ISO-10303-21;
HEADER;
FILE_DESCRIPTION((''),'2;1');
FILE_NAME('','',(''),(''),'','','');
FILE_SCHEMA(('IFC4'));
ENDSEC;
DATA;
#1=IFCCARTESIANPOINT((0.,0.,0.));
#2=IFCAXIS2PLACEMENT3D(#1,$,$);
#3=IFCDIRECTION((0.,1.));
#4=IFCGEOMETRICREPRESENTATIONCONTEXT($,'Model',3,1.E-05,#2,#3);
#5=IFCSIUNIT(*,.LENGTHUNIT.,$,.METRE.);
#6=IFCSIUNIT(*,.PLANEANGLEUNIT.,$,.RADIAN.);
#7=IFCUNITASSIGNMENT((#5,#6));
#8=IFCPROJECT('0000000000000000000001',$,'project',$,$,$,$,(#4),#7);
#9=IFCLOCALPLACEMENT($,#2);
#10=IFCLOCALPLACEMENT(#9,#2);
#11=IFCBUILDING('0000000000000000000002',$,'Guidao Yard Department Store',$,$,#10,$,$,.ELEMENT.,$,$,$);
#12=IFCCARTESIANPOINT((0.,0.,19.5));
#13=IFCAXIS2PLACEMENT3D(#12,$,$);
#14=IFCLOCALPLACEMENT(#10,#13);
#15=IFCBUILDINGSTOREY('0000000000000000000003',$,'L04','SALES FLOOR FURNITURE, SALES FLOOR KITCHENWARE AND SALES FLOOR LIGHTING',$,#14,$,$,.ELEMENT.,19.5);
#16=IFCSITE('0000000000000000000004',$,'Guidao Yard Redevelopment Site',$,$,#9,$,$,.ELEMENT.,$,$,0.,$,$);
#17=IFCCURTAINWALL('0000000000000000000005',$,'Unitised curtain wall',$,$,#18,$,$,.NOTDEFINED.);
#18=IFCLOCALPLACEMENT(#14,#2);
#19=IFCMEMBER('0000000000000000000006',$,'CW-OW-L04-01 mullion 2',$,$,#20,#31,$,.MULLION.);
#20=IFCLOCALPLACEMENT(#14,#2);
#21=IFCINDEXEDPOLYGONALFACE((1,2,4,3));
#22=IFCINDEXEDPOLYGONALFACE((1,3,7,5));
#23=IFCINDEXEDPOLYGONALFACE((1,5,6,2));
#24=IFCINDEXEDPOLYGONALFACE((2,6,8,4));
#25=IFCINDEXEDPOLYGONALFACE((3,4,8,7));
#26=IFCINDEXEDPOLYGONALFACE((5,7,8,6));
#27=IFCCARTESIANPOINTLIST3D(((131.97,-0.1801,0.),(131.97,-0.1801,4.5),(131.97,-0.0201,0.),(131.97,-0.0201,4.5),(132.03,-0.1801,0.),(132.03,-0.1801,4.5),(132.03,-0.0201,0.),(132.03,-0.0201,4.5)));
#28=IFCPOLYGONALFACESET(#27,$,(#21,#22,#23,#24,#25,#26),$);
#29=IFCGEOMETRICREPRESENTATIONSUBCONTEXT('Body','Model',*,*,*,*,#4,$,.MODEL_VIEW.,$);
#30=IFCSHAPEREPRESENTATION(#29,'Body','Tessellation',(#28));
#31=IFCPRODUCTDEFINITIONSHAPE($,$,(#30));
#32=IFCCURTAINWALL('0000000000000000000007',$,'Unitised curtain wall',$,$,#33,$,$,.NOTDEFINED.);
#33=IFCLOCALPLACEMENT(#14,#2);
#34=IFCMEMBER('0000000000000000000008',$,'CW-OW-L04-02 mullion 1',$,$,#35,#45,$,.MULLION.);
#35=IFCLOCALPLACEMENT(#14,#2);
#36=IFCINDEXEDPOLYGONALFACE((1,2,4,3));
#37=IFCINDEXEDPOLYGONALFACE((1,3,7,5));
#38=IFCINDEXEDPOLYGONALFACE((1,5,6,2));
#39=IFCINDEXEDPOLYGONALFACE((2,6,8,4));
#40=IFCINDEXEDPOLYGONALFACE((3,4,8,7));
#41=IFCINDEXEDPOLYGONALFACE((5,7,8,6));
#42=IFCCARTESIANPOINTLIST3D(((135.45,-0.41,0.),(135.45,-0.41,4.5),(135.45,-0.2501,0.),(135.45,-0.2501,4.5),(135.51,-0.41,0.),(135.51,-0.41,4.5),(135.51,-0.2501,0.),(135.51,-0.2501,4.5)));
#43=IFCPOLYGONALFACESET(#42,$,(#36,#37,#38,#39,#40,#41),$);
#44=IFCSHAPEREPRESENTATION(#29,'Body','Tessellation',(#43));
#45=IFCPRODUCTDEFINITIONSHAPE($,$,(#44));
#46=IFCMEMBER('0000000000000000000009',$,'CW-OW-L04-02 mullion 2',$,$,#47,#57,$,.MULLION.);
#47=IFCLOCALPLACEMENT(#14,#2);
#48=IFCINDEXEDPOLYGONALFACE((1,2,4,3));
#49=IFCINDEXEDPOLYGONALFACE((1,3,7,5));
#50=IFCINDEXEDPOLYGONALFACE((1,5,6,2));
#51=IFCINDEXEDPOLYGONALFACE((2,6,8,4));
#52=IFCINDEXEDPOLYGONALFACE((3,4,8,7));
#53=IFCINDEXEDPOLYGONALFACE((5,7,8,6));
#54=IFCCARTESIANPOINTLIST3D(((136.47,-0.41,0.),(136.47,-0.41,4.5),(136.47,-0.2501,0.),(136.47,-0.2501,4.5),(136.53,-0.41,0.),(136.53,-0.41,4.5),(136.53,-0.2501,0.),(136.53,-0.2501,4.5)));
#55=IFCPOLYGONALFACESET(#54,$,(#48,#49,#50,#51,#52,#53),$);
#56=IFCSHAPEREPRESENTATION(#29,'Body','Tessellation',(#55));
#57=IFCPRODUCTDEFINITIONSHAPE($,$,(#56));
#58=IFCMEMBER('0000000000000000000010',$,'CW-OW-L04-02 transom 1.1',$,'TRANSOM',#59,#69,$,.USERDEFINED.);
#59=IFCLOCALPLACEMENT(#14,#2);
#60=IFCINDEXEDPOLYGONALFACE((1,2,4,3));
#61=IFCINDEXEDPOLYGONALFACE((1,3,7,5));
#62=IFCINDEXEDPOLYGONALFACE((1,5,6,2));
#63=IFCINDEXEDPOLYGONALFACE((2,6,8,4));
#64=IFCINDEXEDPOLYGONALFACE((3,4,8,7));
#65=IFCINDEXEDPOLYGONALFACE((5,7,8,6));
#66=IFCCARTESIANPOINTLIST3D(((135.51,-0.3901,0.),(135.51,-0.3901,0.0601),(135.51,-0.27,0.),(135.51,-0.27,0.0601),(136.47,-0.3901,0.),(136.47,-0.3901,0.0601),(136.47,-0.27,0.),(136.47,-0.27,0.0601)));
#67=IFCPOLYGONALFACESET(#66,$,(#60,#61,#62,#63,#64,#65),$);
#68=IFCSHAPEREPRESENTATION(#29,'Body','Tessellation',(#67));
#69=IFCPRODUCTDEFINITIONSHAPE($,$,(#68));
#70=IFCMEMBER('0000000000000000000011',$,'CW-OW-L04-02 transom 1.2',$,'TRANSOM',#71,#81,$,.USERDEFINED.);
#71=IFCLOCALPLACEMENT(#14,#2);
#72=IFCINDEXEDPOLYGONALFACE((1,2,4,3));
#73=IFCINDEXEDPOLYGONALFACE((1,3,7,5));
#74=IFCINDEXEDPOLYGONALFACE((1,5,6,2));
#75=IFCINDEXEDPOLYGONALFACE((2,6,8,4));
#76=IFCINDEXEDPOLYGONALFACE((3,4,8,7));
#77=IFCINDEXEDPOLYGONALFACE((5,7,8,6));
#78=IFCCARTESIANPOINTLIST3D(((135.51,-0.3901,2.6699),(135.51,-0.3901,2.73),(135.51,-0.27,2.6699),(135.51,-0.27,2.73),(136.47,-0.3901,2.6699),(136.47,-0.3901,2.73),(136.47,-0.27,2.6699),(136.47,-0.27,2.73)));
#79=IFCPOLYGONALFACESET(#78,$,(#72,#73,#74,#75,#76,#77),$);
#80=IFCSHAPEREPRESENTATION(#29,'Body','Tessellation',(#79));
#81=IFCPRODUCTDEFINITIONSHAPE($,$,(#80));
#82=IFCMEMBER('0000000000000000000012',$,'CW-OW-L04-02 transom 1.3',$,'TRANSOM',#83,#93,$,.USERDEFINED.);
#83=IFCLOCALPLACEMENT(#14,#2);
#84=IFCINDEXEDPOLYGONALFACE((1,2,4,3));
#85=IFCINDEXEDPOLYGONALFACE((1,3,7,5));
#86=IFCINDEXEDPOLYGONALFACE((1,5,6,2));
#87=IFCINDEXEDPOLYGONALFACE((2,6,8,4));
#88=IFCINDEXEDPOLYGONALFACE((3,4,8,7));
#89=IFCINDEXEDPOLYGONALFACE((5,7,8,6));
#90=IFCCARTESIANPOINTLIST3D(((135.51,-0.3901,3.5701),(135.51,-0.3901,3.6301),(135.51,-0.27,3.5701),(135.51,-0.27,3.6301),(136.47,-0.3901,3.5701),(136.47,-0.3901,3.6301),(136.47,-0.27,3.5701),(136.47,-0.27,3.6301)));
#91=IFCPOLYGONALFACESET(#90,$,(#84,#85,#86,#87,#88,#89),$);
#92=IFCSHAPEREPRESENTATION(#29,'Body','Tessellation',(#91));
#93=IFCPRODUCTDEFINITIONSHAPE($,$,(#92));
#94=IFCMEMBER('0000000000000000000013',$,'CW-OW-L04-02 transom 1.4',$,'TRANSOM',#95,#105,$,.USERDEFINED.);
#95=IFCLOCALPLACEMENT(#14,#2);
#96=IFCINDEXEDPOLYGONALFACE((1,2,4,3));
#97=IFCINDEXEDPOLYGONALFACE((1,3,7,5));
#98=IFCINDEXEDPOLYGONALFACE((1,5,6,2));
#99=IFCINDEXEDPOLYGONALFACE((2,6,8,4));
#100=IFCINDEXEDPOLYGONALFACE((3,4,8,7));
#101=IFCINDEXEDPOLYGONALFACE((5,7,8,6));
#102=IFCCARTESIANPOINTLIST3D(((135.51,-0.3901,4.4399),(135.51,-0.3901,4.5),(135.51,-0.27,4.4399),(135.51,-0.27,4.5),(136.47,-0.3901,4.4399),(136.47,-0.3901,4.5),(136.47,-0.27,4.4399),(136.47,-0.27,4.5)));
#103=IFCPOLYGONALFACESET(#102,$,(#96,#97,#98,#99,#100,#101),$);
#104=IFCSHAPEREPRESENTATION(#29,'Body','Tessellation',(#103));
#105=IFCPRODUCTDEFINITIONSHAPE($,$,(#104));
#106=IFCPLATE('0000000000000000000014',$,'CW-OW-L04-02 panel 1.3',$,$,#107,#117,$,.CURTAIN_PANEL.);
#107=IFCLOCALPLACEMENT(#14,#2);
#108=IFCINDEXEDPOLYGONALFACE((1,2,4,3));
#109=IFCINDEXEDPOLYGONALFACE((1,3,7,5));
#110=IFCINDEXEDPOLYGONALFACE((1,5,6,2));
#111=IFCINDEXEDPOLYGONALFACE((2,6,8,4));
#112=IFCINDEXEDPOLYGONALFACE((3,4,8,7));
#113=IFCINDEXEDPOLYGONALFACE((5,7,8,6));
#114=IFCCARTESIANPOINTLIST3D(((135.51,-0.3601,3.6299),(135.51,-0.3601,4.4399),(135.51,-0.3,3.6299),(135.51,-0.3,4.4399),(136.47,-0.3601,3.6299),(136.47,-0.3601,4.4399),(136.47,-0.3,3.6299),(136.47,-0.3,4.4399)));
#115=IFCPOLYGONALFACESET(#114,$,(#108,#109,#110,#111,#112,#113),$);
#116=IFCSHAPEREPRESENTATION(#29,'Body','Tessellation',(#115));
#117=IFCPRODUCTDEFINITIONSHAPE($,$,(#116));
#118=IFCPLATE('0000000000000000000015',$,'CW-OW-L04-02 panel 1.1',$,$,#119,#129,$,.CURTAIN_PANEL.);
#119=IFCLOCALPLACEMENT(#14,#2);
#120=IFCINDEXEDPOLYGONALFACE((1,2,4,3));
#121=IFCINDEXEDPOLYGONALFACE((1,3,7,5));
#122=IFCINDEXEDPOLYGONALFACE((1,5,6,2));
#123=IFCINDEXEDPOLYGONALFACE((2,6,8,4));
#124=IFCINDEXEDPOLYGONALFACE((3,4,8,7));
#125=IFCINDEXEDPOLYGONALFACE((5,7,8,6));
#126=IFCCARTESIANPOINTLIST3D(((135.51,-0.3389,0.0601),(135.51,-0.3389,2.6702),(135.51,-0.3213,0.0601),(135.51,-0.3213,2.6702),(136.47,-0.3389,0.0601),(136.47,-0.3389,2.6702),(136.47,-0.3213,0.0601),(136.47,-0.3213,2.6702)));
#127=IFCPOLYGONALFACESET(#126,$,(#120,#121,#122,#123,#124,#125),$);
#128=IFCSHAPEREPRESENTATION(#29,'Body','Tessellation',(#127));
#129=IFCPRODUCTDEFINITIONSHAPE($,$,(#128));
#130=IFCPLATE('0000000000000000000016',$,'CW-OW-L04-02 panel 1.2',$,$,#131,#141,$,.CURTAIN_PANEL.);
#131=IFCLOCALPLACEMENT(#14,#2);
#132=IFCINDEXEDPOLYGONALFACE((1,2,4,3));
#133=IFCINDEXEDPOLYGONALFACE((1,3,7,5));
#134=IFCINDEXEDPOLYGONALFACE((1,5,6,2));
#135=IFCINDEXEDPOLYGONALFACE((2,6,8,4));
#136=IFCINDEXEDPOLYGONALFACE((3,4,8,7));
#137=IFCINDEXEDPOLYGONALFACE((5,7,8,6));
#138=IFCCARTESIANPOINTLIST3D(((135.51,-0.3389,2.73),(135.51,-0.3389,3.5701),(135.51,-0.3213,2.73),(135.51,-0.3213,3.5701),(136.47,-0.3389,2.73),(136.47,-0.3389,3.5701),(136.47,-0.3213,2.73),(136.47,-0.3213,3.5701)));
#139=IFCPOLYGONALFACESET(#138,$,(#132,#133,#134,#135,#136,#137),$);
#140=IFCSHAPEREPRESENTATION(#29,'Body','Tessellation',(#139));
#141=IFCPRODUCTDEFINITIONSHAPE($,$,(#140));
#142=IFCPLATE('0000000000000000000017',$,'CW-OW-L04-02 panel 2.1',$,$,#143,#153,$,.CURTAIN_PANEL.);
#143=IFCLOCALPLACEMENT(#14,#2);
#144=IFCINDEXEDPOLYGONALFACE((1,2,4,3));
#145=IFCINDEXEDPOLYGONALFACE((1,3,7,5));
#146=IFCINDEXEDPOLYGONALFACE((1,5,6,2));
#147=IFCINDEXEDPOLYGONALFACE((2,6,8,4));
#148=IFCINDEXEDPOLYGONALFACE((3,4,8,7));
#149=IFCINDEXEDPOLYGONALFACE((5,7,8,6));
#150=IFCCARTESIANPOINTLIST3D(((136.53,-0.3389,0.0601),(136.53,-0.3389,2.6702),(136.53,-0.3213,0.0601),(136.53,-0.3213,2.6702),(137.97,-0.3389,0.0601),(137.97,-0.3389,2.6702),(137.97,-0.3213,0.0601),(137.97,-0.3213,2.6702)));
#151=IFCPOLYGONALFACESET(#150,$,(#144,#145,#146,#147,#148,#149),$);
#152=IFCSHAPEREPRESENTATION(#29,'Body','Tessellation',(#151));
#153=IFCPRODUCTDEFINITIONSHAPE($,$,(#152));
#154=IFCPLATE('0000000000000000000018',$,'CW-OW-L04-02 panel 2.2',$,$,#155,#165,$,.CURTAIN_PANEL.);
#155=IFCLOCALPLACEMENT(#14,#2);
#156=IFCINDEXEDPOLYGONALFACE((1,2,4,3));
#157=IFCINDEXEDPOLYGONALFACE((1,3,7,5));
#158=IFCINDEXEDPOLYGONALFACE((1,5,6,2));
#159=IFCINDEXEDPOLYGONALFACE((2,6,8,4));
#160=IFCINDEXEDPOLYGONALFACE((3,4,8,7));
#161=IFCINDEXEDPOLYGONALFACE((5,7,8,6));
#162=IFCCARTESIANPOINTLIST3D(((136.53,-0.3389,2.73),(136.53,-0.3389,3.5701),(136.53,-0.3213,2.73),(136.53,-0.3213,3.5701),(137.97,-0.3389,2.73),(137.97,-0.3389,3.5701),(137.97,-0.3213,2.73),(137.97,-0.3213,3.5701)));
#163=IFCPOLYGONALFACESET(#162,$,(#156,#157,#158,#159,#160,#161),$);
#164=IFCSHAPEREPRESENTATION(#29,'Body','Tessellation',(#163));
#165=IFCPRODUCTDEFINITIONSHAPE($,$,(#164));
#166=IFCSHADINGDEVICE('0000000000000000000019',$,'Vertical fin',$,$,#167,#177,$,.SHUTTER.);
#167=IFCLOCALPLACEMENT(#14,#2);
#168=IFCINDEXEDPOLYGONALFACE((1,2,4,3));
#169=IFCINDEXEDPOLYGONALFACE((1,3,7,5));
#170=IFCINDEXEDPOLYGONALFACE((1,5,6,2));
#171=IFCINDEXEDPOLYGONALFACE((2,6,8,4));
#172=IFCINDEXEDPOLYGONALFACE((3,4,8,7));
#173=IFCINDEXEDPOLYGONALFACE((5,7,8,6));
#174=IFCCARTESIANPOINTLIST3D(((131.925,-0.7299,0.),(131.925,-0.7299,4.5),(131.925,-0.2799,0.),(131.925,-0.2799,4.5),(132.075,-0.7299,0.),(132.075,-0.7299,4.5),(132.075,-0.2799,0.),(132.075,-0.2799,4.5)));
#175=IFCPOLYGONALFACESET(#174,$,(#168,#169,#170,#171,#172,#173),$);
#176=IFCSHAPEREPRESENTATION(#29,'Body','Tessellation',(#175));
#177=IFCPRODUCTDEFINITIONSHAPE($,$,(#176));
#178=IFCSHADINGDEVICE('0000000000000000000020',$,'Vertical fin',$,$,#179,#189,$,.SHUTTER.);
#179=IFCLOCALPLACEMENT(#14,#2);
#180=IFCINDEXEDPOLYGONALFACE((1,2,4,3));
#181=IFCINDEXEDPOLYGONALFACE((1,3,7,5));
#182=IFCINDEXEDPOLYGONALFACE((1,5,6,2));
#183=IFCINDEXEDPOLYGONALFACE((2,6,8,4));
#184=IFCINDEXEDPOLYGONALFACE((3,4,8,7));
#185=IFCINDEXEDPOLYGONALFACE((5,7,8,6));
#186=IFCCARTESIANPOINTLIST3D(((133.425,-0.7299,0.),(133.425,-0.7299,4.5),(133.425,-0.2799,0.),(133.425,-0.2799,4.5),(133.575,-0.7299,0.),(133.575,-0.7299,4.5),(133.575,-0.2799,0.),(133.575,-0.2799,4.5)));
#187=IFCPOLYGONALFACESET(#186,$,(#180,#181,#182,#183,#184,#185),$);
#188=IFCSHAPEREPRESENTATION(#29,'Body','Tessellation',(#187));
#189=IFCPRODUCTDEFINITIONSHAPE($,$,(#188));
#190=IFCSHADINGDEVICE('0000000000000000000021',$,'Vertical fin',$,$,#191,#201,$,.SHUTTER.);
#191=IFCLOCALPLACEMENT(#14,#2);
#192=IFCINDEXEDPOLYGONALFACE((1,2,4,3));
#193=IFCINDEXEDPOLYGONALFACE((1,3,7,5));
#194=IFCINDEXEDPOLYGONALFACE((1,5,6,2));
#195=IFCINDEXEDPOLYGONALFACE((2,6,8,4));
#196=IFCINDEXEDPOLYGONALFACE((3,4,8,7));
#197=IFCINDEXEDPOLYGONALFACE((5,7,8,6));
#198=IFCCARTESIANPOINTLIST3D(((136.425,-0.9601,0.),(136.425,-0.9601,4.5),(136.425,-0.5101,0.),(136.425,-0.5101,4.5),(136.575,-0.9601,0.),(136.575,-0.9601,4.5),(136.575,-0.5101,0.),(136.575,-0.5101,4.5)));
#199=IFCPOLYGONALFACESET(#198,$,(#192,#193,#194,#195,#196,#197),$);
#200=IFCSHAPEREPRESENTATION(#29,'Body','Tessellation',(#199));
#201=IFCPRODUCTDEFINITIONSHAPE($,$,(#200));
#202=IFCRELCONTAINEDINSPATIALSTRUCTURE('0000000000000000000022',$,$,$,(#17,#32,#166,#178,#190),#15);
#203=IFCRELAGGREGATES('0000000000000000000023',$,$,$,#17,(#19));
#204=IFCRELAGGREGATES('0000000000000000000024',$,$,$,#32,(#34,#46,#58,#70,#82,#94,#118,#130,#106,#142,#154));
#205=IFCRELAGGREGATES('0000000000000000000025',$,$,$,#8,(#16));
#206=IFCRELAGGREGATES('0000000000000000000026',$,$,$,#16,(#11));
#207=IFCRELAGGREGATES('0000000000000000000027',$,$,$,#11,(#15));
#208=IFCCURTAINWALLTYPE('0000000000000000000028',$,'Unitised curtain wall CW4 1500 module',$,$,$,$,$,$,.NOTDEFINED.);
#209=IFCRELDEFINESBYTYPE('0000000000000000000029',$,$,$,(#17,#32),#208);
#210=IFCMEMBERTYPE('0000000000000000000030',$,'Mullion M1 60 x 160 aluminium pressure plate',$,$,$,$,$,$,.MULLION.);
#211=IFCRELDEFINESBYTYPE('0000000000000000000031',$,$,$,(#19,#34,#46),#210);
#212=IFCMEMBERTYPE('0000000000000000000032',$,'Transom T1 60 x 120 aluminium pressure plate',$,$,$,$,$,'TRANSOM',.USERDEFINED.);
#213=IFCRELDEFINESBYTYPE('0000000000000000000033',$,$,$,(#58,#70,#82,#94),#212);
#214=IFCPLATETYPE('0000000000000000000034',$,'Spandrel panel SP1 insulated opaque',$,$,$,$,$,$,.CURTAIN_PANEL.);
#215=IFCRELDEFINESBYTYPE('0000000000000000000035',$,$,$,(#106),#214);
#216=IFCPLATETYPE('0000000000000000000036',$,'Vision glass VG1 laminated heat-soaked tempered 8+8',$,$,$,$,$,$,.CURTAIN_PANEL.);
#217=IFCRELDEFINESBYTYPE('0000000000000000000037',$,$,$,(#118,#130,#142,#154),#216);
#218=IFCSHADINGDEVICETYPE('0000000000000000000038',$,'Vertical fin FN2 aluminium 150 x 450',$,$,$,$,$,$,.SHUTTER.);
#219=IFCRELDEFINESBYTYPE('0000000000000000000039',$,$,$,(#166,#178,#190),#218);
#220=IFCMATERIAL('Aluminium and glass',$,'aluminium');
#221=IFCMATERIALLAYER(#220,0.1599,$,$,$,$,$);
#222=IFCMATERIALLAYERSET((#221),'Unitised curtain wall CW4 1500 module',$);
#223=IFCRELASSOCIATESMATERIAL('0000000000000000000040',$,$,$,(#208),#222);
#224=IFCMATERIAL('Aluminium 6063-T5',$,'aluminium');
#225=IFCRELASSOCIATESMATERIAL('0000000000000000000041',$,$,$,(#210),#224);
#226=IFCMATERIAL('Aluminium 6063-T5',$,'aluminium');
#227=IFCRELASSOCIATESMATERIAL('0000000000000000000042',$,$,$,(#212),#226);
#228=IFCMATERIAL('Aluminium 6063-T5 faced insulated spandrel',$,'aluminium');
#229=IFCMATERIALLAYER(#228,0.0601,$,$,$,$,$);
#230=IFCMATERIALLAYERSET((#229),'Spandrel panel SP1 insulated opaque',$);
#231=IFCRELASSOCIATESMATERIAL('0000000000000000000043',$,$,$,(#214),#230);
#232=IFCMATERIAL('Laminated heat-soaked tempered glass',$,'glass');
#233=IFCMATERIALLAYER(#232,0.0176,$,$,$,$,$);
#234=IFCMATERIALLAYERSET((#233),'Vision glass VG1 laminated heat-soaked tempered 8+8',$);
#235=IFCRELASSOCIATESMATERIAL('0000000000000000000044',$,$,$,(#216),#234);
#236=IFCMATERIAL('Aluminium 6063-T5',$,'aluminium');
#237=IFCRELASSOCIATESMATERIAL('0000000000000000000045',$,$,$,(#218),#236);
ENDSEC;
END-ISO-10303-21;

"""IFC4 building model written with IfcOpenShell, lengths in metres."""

from ifc_helpers import new_model, si_unit, direction, frame, origin, origin_2d, place, context, subcontext, project, spatial, rectangle, extrude, material, layer, layer_set, material_profile, profile_set, type_object, element, aggregate, save


model = new_model("IFC4")

# Units and contexts
model_context = context("Model", 3, precision=1e-05, world=origin(), true_north=direction((0.0, 1.0)))
body_context = subcontext(model_context, "Body", "Model", "MODEL_VIEW")
ifc_project = project(units=[si_unit("LENGTHUNIT", "METRE"), si_unit("PLANEANGLEUNIT", "RADIAN")], contexts=[model_context])

# Site, building, storey
site_placement = place(None, origin())
site = spatial("IfcSite", under=ifc_project, at=site_placement, Name="Guidao Yard Redevelopment Site", CompositionType="ELEMENT", RefElevation=0.0)
building_placement = place(site_placement, origin())
building = spatial("IfcBuilding", under=site, at=building_placement, Name="Guidao Yard Department Store", CompositionType="ELEMENT")
storey_placement = place(building_placement, frame((0.0, 0.0, 19.5)))
storey = spatial("IfcBuildingStorey", under=building, at=storey_placement, Name="L04", Description="SALES FLOOR FURNITURE, SALES FLOOR KITCHENWARE AND SALES FLOOR LIGHTING", CompositionType="ELEMENT", Elevation=19.5)

# Curtain wall, member
ifc_material_1 = material(Name="Aluminium and glass", Category="aluminium")
ifc_layer_1 = layer(ifc_material_1, 0.1599)
ifc_layer_set_1 = layer_set([ifc_layer_1], Name="Unitised curtain wall CW4 1500 module")
curtain_wall_type = type_object("IfcCurtainWallType", Name="Unitised curtain wall CW4 1500 module", PredefinedType="NOTDEFINED", material=ifc_layer_set_1)
curtain_wall_1_placement = place(storey_placement, origin())
curtain_wall_1 = element("IfcCurtainWall", 1, at=curtain_wall_1_placement, inside=storey, type_object=curtain_wall_type, Name="Unitised curtain wall", PredefinedType="NOTDEFINED")
ifc_material_2 = material(Name="Aluminium 6063-T5", Category="aluminium")
ifc_material_profile_1 = material_profile(ifc_material_2, rectangle(XDim=0.0601, YDim=0.1599, at=origin_2d()), Name="Mullion M1 60 x 160 aluminium pressure plate")
ifc_profile_set_1 = profile_set([ifc_material_profile_1], Name="Aluminium 6063-T5")
member_type_1 = type_object("IfcMemberType", Name="Mullion M1 60 x 160 aluminium pressure plate", PredefinedType="MULLION", material=ifc_profile_set_1)
member_1_placement = place(storey_placement, frame((132.0, -0.1001, 0.0), z_axis=(0.0, 0.0, 1.0), x_axis=(-1.0, 0.0, 0.0)))
member_1 = element("IfcMember", 2, at=member_1_placement, type_object=member_type_1, Name="CW-OW-L04-01 mullion 2", PredefinedType="MULLION", context=body_context, shape_type="SweptSolid", body=[
    extrude(rectangle(XDim=0.0601, YDim=0.1599, at=origin_2d()), origin(), (0.0, 0.0, 1.0), 4.5),
])
aggregate(curtain_wall_1, [member_1])

# Curtain wall, members, plates
curtain_wall_2_placement = place(storey_placement, origin())
curtain_wall_2 = element("IfcCurtainWall", 3, at=curtain_wall_2_placement, inside=storey, type_object=curtain_wall_type, Name="Unitised curtain wall", PredefinedType="NOTDEFINED")
member_2_placement = place(storey_placement, frame((135.48, -0.3301, 0.0), z_axis=(0.0, 0.0, 1.0), x_axis=(-1.0, 0.0, 0.0)))
member_2 = element("IfcMember", 4, at=member_2_placement, type_object=member_type_1, Name="CW-OW-L04-02 mullion 1", PredefinedType="MULLION", context=body_context, shape_type="SweptSolid", body=[
    extrude(rectangle(XDim=0.0601, YDim=0.1599, at=origin_2d()), origin(), (0.0, 0.0, 1.0), 4.5),
])
member_3_placement = place(storey_placement, frame((136.5, -0.3301, 0.0), z_axis=(0.0, 0.0, 1.0), x_axis=(-1.0, 0.0, 0.0)))
member_3 = element("IfcMember", 5, at=member_3_placement, type_object=member_type_1, Name="CW-OW-L04-02 mullion 2", PredefinedType="MULLION", context=body_context, shape_type="SweptSolid", body=[
    extrude(rectangle(XDim=0.0601, YDim=0.1599, at=origin_2d()), origin(), (0.0, 0.0, 1.0), 4.5),
])
ifc_material_3 = material(Name="Aluminium 6063-T5", Category="aluminium")
ifc_material_profile_2 = material_profile(ifc_material_3, rectangle(XDim=0.1201, YDim=0.0601, at=origin_2d()), Name="Transom T1 60 x 120 aluminium pressure plate")
ifc_profile_set_2 = profile_set([ifc_material_profile_2], Name="Aluminium 6063-T5")
member_type_2 = type_object("IfcMemberType", Name="Transom T1 60 x 120 aluminium pressure plate", ElementType="TRANSOM", PredefinedType="USERDEFINED", material=ifc_profile_set_2)
member_4_placement = place(storey_placement, frame((136.47, -0.3301, 0.03), z_axis=(-1.0, 0.0, 0.0), x_axis=(0.0, -1.0, 0.0)))
member_4 = element("IfcMember", 6, at=member_4_placement, type_object=member_type_2, Name="CW-OW-L04-02 transom 1.1", ObjectType="TRANSOM", PredefinedType="USERDEFINED", context=body_context, shape_type="SweptSolid", body=[
    extrude(rectangle(XDim=0.1201, YDim=0.0601, at=origin_2d()), origin(), (0.0, 0.0, 1.0), 0.96),
])
member_5_placement = place(storey_placement, frame((136.47, -0.3301, 2.7), z_axis=(-1.0, 0.0, 0.0), x_axis=(0.0, -1.0, 0.0)))
member_5 = element("IfcMember", 7, at=member_5_placement, type_object=member_type_2, Name="CW-OW-L04-02 transom 1.2", ObjectType="TRANSOM", PredefinedType="USERDEFINED", context=body_context, shape_type="SweptSolid", body=[
    extrude(rectangle(XDim=0.1201, YDim=0.0601, at=origin_2d()), origin(), (0.0, 0.0, 1.0), 0.96),
])
member_6_placement = place(storey_placement, frame((136.47, -0.3301, 3.6001), z_axis=(-1.0, 0.0, 0.0), x_axis=(0.0, -1.0, 0.0)))
member_6 = element("IfcMember", 8, at=member_6_placement, type_object=member_type_2, Name="CW-OW-L04-02 transom 1.3", ObjectType="TRANSOM", PredefinedType="USERDEFINED", context=body_context, shape_type="SweptSolid", body=[
    extrude(rectangle(XDim=0.1201, YDim=0.0601, at=origin_2d()), origin(), (0.0, 0.0, 1.0), 0.96),
])
member_7_placement = place(storey_placement, frame((136.47, -0.3301, 4.47), z_axis=(-1.0, 0.0, 0.0), x_axis=(0.0, -1.0, 0.0)))
member_7 = element("IfcMember", 9, at=member_7_placement, type_object=member_type_2, Name="CW-OW-L04-02 transom 1.4", ObjectType="TRANSOM", PredefinedType="USERDEFINED", context=body_context, shape_type="SweptSolid", body=[
    extrude(rectangle(XDim=0.1201, YDim=0.0601, at=origin_2d()), origin(), (0.0, 0.0, 1.0), 0.96),
])
ifc_material_4 = material(Name="Aluminium 6063-T5 faced insulated spandrel", Category="aluminium")
ifc_layer_2 = layer(ifc_material_4, 0.0601)
ifc_layer_set_2 = layer_set([ifc_layer_2], Name="Spandrel panel SP1 insulated opaque")
plate_type_1 = type_object("IfcPlateType", Name="Spandrel panel SP1 insulated opaque", PredefinedType="CURTAIN_PANEL", material=ifc_layer_set_2)
plate_1_placement = place(storey_placement, frame((135.99, -0.3301, 3.6299), z_axis=(0.0, 0.0, 1.0), x_axis=(-1.0, 0.0, 0.0)))
plate_1 = element("IfcPlate", 10, at=plate_1_placement, type_object=plate_type_1, Name="CW-OW-L04-02 panel 1.3", PredefinedType="CURTAIN_PANEL", context=body_context, shape_type="SweptSolid", body=[
    extrude(rectangle(XDim=0.96, YDim=0.0601, at=origin_2d()), origin(), (0.0, 0.0, 1.0), 0.8101),
])
ifc_material_5 = material(Name="Laminated heat-soaked tempered glass", Category="glass")
ifc_layer_3 = layer(ifc_material_5, 0.0176)
ifc_layer_set_3 = layer_set([ifc_layer_3], Name="Vision glass VG1 laminated heat-soaked tempered 8+8")
plate_type_2 = type_object("IfcPlateType", Name="Vision glass VG1 laminated heat-soaked tempered 8+8", PredefinedType="CURTAIN_PANEL", material=ifc_layer_set_3)
plate_2_placement = place(storey_placement, frame((135.99, -0.3301, 0.0601), z_axis=(0.0, 0.0, 1.0), x_axis=(-1.0, 0.0, 0.0)))
plate_2 = element("IfcPlate", 11, at=plate_2_placement, type_object=plate_type_2, Name="CW-OW-L04-02 panel 1.1", PredefinedType="CURTAIN_PANEL", context=body_context, shape_type="SweptSolid", body=[
    extrude(rectangle(XDim=0.96, YDim=0.0176, at=origin_2d()), origin(), (0.0, 0.0, 1.0), 2.6101),
])
plate_3_placement = place(storey_placement, frame((135.99, -0.3301, 2.73), z_axis=(0.0, 0.0, 1.0), x_axis=(-1.0, 0.0, 0.0)))
plate_3 = element("IfcPlate", 12, at=plate_3_placement, type_object=plate_type_2, Name="CW-OW-L04-02 panel 1.2", PredefinedType="CURTAIN_PANEL", context=body_context, shape_type="SweptSolid", body=[
    extrude(rectangle(XDim=0.96, YDim=0.0176, at=origin_2d()), origin(), (0.0, 0.0, 1.0), 0.8401),
])
plate_4_placement = place(storey_placement, frame((137.25, -0.3301, 0.0601), z_axis=(0.0, 0.0, 1.0), x_axis=(-1.0, 0.0, 0.0)))
plate_4 = element("IfcPlate", 13, at=plate_4_placement, type_object=plate_type_2, Name="CW-OW-L04-02 panel 2.1", PredefinedType="CURTAIN_PANEL", context=body_context, shape_type="SweptSolid", body=[
    extrude(rectangle(XDim=1.4399, YDim=0.0176, at=origin_2d()), origin(), (0.0, 0.0, 1.0), 2.6101),
])
plate_5_placement = place(storey_placement, frame((137.25, -0.3301, 2.73), z_axis=(0.0, 0.0, 1.0), x_axis=(-1.0, 0.0, 0.0)))
plate_5 = element("IfcPlate", 14, at=plate_5_placement, type_object=plate_type_2, Name="CW-OW-L04-02 panel 2.2", PredefinedType="CURTAIN_PANEL", context=body_context, shape_type="SweptSolid", body=[
    extrude(rectangle(XDim=1.4399, YDim=0.0176, at=origin_2d()), origin(), (0.0, 0.0, 1.0), 0.8401),
])
aggregate(curtain_wall_2, [member_2, member_3, member_4, member_5, member_6, member_7, plate_2, plate_3, plate_1, plate_4, plate_5])

# Shading devices
ifc_material_6 = material(Name="Aluminium 6063-T5", Category="aluminium")
shading_device_type = type_object("IfcShadingDeviceType", Name="Vertical fin FN2 aluminium 150 x 450", PredefinedType="SHUTTER", material=ifc_material_6)
for number, where, z_axis, x_axis, name in (
    (15, (132.0, -0.5049, 0.0), (0.0, 0.0, 1.0), (-1.0, 0.0, 0.0), "Vertical fin"),
    (16, (133.5, -0.5049, 0.0), (0.0, 0.0, 1.0), (-1.0, 0.0, 0.0), "Vertical fin"),
    (17, (136.5, -0.7351, 0.0), (0.0, 0.0, 1.0), (-1.0, 0.0, 0.0), "Vertical fin"),
):
    element("IfcShadingDevice", number, at=place(storey_placement, frame(where, z_axis=z_axis, x_axis=x_axis)), inside=storey, type_object=shading_device_type, Name=name, PredefinedType="SHUTTER", context=body_context, shape_type="SweptSolid", body=[
        extrude(rectangle(XDim=0.1499, YDim=0.45, at=origin_2d()), origin(), (0.0, 0.0, 1.0), 4.5),
    ])

save(model, "model.ifc")
